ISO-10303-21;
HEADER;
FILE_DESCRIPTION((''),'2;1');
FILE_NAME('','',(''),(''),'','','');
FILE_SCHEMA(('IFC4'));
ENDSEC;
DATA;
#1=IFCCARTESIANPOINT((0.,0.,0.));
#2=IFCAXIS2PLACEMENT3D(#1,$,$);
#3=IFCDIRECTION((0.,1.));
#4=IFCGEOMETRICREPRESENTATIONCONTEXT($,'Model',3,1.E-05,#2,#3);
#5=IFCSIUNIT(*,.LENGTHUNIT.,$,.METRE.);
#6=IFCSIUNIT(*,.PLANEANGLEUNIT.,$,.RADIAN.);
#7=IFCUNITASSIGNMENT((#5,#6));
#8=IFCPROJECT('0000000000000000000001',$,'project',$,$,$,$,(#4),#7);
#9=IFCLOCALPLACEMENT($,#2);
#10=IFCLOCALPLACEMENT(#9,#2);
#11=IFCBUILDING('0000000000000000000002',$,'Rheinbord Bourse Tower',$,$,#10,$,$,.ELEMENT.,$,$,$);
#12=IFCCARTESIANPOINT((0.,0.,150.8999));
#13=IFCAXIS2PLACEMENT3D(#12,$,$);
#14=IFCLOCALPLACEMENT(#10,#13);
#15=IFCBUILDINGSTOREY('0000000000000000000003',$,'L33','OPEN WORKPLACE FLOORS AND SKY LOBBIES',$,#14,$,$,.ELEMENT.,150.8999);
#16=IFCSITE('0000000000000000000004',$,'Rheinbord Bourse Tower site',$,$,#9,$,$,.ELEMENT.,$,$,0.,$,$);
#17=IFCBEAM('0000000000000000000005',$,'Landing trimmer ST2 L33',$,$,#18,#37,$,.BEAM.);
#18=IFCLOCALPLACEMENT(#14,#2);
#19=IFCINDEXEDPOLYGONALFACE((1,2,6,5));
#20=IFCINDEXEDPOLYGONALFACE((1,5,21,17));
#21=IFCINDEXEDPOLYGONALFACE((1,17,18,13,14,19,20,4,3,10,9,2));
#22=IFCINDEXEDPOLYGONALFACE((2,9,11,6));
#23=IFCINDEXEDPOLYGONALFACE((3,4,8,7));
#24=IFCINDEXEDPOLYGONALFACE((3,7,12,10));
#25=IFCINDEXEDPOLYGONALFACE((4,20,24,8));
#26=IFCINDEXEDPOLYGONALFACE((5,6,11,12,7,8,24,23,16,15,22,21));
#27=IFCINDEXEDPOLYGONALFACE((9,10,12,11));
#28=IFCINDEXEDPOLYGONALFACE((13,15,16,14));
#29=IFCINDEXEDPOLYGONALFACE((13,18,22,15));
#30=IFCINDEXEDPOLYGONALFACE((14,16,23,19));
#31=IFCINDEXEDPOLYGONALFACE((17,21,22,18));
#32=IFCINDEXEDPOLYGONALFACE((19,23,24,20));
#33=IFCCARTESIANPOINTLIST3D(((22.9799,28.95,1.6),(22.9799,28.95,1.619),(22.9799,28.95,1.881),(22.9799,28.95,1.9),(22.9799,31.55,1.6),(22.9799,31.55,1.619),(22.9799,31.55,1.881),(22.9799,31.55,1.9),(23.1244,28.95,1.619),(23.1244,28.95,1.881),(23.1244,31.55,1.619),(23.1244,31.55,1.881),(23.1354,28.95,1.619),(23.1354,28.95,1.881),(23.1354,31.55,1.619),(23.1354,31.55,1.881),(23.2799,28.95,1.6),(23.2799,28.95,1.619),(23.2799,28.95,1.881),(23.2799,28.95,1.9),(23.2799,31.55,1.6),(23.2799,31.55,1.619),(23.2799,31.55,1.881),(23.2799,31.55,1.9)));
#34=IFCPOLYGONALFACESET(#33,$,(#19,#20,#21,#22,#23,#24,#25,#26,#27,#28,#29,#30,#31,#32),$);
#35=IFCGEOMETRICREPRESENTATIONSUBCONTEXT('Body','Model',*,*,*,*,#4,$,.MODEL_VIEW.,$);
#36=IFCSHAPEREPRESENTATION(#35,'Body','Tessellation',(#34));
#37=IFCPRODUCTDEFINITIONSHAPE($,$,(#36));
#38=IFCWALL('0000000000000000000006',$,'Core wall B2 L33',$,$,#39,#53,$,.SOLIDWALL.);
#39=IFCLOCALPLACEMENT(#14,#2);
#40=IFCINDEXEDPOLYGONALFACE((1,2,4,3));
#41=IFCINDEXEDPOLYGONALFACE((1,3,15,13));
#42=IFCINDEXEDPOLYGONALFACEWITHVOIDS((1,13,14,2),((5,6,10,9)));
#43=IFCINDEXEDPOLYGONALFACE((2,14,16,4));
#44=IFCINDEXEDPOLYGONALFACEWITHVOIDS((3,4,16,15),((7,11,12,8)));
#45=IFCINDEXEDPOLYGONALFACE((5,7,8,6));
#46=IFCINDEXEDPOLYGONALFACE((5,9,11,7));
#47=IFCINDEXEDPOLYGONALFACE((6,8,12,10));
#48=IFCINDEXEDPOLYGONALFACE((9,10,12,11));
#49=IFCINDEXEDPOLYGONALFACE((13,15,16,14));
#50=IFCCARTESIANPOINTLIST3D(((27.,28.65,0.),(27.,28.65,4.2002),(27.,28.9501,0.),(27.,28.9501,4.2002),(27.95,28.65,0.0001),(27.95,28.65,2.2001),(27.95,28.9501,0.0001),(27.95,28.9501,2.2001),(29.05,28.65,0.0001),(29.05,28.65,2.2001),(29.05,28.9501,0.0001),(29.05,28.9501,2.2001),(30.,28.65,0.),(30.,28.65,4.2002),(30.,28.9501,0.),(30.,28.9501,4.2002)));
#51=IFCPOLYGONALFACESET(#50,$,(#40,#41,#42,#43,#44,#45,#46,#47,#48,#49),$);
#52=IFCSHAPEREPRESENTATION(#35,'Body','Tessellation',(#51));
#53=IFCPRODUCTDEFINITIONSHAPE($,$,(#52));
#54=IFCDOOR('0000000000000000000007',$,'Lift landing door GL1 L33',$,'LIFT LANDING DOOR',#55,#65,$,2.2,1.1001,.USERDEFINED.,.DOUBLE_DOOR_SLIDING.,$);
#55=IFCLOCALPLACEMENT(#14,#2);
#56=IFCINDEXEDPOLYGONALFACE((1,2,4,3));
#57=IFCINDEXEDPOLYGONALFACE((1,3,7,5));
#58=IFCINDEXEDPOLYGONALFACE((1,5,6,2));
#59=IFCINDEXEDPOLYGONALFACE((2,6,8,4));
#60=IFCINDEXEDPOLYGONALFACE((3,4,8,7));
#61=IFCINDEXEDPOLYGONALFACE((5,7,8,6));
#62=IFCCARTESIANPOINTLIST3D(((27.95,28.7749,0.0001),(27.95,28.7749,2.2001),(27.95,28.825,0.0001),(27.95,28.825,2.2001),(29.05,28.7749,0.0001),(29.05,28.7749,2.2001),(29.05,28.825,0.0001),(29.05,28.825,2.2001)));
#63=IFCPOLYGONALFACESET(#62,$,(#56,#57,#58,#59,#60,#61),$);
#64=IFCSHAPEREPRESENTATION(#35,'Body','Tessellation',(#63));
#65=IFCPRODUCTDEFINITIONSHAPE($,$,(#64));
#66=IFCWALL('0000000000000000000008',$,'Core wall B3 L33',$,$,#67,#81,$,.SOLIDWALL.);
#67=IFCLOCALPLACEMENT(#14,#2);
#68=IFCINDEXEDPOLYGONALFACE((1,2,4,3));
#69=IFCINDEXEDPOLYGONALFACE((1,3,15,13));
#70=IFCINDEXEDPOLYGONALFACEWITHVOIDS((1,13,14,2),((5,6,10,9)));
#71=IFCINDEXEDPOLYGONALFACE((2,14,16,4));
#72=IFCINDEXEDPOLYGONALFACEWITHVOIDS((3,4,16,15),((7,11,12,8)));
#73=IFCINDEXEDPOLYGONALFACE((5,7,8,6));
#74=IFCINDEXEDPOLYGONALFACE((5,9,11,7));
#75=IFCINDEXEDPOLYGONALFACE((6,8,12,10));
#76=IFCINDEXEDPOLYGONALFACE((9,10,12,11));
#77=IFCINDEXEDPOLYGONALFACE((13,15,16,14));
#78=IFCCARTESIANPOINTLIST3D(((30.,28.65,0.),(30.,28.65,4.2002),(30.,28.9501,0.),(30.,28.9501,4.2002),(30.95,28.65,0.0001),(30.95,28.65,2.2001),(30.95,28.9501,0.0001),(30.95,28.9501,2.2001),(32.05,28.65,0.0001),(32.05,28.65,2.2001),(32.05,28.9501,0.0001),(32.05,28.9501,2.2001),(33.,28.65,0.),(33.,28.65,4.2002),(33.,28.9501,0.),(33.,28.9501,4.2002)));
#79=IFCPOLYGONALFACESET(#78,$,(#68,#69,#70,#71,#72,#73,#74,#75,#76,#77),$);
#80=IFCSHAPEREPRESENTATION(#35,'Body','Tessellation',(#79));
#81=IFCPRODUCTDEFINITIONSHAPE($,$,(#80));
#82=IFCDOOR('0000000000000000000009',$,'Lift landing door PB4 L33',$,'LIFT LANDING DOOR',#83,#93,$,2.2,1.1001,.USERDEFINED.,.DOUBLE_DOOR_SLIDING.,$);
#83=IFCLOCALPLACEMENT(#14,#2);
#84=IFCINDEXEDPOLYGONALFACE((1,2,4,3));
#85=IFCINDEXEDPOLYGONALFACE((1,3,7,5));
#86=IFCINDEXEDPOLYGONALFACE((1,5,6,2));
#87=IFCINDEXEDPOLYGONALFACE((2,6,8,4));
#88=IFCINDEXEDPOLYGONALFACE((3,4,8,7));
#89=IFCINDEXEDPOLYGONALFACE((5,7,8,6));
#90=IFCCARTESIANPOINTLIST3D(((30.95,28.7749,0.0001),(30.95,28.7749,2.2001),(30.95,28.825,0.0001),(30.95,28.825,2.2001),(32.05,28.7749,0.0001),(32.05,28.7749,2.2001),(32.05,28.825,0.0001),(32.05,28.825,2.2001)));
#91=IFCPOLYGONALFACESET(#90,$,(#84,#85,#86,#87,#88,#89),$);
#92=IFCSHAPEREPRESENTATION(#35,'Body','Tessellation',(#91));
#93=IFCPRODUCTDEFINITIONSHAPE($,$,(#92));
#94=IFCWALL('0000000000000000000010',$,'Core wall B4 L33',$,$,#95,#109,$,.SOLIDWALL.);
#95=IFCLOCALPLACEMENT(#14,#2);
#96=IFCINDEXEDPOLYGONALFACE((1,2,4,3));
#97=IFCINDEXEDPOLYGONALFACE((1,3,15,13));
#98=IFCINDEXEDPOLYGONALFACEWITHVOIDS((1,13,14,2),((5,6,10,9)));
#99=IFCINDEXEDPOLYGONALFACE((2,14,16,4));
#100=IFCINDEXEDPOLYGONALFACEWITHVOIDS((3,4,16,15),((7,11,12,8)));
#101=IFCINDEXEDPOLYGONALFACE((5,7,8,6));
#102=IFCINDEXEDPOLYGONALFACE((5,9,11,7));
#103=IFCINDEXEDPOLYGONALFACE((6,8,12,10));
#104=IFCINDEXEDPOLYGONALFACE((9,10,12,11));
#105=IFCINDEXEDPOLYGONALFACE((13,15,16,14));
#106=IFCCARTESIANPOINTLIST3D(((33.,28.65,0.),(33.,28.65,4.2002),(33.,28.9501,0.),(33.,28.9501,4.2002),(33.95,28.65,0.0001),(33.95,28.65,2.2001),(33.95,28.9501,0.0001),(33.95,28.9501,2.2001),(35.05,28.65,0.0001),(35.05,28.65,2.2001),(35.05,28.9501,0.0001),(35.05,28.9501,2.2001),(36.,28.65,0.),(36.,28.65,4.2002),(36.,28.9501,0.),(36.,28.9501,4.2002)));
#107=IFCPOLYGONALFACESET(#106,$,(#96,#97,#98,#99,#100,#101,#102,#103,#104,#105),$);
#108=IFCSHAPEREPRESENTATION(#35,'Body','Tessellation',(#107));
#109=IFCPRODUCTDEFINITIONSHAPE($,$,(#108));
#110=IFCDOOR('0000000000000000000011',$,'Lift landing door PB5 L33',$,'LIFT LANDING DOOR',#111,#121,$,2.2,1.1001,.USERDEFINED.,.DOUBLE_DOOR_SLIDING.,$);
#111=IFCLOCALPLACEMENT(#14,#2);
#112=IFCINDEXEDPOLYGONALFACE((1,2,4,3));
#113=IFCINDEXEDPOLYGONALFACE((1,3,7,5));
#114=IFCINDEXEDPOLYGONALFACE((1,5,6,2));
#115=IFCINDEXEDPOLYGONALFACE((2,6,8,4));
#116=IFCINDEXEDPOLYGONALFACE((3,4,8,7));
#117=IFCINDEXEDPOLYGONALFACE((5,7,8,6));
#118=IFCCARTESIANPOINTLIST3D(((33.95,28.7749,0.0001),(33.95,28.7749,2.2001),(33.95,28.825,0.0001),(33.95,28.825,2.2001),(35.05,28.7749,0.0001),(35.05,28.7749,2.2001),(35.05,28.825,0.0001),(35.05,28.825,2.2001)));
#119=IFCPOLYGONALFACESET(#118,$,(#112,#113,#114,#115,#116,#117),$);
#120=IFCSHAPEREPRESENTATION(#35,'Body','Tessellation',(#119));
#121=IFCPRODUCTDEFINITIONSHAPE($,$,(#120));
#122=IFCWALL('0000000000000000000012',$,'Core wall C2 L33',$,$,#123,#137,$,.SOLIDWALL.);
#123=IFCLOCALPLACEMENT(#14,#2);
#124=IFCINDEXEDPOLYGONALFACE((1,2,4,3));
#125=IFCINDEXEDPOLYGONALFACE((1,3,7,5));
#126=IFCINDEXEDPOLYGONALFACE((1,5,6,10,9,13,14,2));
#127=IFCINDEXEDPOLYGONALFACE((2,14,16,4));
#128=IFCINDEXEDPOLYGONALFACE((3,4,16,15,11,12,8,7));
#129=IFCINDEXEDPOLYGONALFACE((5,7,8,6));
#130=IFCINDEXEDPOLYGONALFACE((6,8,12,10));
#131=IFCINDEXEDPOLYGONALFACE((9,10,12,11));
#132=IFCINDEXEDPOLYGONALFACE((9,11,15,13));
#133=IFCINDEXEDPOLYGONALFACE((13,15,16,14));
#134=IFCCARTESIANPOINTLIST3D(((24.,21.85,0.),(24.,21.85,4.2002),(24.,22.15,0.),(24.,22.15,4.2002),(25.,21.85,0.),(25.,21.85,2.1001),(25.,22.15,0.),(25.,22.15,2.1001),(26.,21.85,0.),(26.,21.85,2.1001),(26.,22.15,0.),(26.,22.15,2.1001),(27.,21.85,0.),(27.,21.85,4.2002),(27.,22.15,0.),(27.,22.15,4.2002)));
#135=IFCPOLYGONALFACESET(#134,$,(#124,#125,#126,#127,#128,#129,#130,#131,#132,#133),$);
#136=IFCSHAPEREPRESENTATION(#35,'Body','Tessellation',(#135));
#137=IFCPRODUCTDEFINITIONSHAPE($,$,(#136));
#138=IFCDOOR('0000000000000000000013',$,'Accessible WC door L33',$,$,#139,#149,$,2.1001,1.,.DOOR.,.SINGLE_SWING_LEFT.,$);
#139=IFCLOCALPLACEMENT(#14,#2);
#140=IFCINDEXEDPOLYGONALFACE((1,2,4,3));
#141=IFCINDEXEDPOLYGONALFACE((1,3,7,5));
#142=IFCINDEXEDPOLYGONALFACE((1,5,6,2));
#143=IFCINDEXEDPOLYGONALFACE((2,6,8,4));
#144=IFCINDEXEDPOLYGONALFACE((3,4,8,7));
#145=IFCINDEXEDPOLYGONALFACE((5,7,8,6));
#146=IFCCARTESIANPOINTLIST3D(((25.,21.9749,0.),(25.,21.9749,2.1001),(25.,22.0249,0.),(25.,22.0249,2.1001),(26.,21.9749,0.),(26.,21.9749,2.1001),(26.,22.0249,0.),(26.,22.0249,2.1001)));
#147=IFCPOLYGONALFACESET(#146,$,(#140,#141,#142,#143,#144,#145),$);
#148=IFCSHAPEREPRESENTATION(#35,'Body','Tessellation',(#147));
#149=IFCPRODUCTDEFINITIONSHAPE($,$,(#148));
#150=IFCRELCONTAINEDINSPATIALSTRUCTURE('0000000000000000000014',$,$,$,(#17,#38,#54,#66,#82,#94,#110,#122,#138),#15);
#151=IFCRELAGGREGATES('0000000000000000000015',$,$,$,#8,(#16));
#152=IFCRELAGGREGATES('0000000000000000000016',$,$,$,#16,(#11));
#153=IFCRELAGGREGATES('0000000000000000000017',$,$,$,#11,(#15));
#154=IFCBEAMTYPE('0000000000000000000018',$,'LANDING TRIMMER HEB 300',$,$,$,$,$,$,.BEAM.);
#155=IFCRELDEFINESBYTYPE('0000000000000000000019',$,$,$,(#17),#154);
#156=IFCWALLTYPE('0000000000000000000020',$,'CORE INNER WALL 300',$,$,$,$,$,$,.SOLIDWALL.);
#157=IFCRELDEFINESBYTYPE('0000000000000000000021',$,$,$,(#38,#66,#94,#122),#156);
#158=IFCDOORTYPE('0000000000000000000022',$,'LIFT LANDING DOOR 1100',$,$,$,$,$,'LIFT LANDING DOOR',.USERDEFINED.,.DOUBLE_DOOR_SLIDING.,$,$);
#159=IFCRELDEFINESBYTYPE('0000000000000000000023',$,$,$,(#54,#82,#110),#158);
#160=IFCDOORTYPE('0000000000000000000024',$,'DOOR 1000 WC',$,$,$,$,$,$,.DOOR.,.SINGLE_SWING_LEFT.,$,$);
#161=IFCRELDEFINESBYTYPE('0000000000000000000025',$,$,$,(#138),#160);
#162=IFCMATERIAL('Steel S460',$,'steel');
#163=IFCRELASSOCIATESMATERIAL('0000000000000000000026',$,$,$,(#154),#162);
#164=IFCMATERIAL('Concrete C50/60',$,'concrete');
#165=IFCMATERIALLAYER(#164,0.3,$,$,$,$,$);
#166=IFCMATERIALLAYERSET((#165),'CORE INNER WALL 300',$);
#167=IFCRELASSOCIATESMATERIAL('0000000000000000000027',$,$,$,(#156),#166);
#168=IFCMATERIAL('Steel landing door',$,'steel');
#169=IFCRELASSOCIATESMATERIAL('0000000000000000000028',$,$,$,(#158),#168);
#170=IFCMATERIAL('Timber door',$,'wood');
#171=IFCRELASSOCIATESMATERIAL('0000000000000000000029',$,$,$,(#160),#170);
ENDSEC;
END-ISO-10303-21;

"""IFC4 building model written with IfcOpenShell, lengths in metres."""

from ifc_helpers import new_model, si_unit, direction, frame, frame_2d, origin, origin_2d, place, context, subcontext, project, spatial, rectangle, i_section, extrude, material, layer, layer_set, material_profile, profile_set, type_object, element, fill, save


model = new_model("IFC4")

# Units and contexts
model_context = context("Model", 3, precision=1e-05, world=origin(), true_north=direction((0.0, 1.0)))
body_context = subcontext(model_context, "Body", "Model", "MODEL_VIEW")
ifc_project = project(units=[si_unit("LENGTHUNIT", "METRE"), si_unit("PLANEANGLEUNIT", "RADIAN")], contexts=[model_context])

# Site, building, storey
site_placement = place(None, origin())
site = spatial("IfcSite", under=ifc_project, at=site_placement, Name="Rheinbord Bourse Tower site", CompositionType="ELEMENT", RefElevation=0.0)
building_placement = place(site_placement, origin())
building = spatial("IfcBuilding", under=site, at=building_placement, Name="Rheinbord Bourse Tower", CompositionType="ELEMENT")
storey_placement = place(building_placement, frame((0.0, 0.0, 150.8999)))
storey = spatial("IfcBuildingStorey", under=building, at=storey_placement, Name="L33", Description="OPEN WORKPLACE FLOORS AND SKY LOBBIES", CompositionType="ELEMENT", Elevation=150.8999)

# Beam
ifc_material_1 = material(Name="Steel S460", Category="steel")
ifc_material_profile = material_profile(ifc_material_1, i_section(OverallWidth=0.3, OverallDepth=0.3, WebThickness=0.011, FlangeThickness=0.019, at=origin_2d()), Name="HEB 300")
ifc_profile_set = profile_set([ifc_material_profile], Name="Steel S460")
beam_type = type_object("IfcBeamType", Name="LANDING TRIMMER HEB 300", PredefinedType="BEAM", material=ifc_profile_set)
beam_placement = place(storey_placement, frame((23.1299, 28.95, 1.75), z_axis=(0.0, 1.0, 0.0), x_axis=(-1.0, 0.0, 0.0)))
element("IfcBeam", 1, at=beam_placement, inside=storey, type_object=beam_type, Name="Landing trimmer ST2 L33", PredefinedType="BEAM", context=body_context, shape_type="SweptSolid", body=[
    extrude(i_section(OverallWidth=0.3, OverallDepth=0.3, WebThickness=0.011, FlangeThickness=0.019, at=origin_2d()), origin(), (0.0, 0.0, 1.0), 2.6001),
])

# Walls, openings, doors
ifc_material_2 = material(Name="Concrete C50/60", Category="concrete")
ifc_layer_1 = layer(ifc_material_2, 0.3)
ifc_layer_set_1 = layer_set([ifc_layer_1], Name="CORE INNER WALL 300")
wall_type_1 = type_object("IfcWallType", Name="CORE INNER WALL 300", PredefinedType="SOLIDWALL", material=ifc_layer_set_1)
wall_1_placement = place(storey_placement, frame((27.0, 28.8, 0.0), z_axis=(0.0, 0.0, 1.0), x_axis=(1.0, 0.0, 0.0)))
wall_1 = element("IfcWall", 2, at=wall_1_placement, inside=storey, type_object=wall_type_1, Name="Core wall B2 L33", PredefinedType="SOLIDWALL", context=body_context, shape_type="SweptSolid", body=[
    extrude(rectangle(XDim=3.0, YDim=0.3, at=frame_2d((1.5, 0.0))), origin(), (0.0, 0.0, 1.0), 4.2002),
])
opening_1_placement = place(wall_1_placement, frame((0.95, 0.0, 0.0)))
opening_1 = element("IfcOpeningElement", 3, at=opening_1_placement, cuts=wall_1, PredefinedType="OPENING", context=body_context, shape_type="SweptSolid", body=[
    extrude(rectangle(XDim=1.1001, YDim=2.2, at=frame_2d((0.55, 1.1001))), frame((0.0, 0.1599, 0.0), z_axis=(0.0, -1.0, 0.0), x_axis=(1.0, 0.0, 0.0)), (0.0, 0.0, 1.0), 0.3201),
])
ifc_material_3 = material(Name="Steel landing door", Category="steel")
door_type_1 = type_object("IfcDoorType", Name="LIFT LANDING DOOR 1100", ElementType="LIFT LANDING DOOR", OperationType="DOUBLE_DOOR_SLIDING", PredefinedType="USERDEFINED", material=ifc_material_3)
door_1_placement = place(opening_1_placement, origin())
door_1 = element("IfcDoor", 4, at=door_1_placement, inside=storey, type_object=door_type_1, Name="Lift landing door GL1 L33", ObjectType="LIFT LANDING DOOR", OperationType="DOUBLE_DOOR_SLIDING", OverallHeight=2.2, OverallWidth=1.1001, PredefinedType="USERDEFINED", context=body_context, shape_type="SweptSolid", body=[
    extrude(rectangle(XDim=1.1001, YDim=2.2, at=frame_2d((0.55, 1.1001))), frame((0.0, 0.0249, 0.0), z_axis=(0.0, -1.0, 0.0), x_axis=(1.0, 0.0, 0.0)), (0.0, 0.0, 1.0), 0.05),
])
fill(opening_1, door_1)
wall_2_placement = place(storey_placement, frame((30.0, 28.8, 0.0), z_axis=(0.0, 0.0, 1.0), x_axis=(1.0, 0.0, 0.0)))
wall_2 = element("IfcWall", 5, at=wall_2_placement, inside=storey, type_object=wall_type_1, Name="Core wall B3 L33", PredefinedType="SOLIDWALL", context=body_context, shape_type="SweptSolid", body=[
    extrude(rectangle(XDim=3.0, YDim=0.3, at=frame_2d((1.5, 0.0))), origin(), (0.0, 0.0, 1.0), 4.2002),
])
opening_2_placement = place(wall_2_placement, frame((0.95, 0.0, 0.0)))
opening_2 = element("IfcOpeningElement", 6, at=opening_2_placement, cuts=wall_2, PredefinedType="OPENING", context=body_context, shape_type="SweptSolid", body=[
    extrude(rectangle(XDim=1.1001, YDim=2.2, at=frame_2d((0.55, 1.1001))), frame((0.0, 0.1599, 0.0), z_axis=(0.0, -1.0, 0.0), x_axis=(1.0, 0.0, 0.0)), (0.0, 0.0, 1.0), 0.3201),
])
door_2_placement = place(opening_2_placement, origin())
door_2 = element("IfcDoor", 7, at=door_2_placement, inside=storey, type_object=door_type_1, Name="Lift landing door PB4 L33", ObjectType="LIFT LANDING DOOR", OperationType="DOUBLE_DOOR_SLIDING", OverallHeight=2.2, OverallWidth=1.1001, PredefinedType="USERDEFINED", context=body_context, shape_type="SweptSolid", body=[
    extrude(rectangle(XDim=1.1001, YDim=2.2, at=frame_2d((0.55, 1.1001))), frame((0.0, 0.0249, 0.0), z_axis=(0.0, -1.0, 0.0), x_axis=(1.0, 0.0, 0.0)), (0.0, 0.0, 1.0), 0.05),
])
fill(opening_2, door_2)
wall_3_placement = place(storey_placement, frame((33.0, 28.8, 0.0), z_axis=(0.0, 0.0, 1.0), x_axis=(1.0, 0.0, 0.0)))
wall_3 = element("IfcWall", 8, at=wall_3_placement, inside=storey, type_object=wall_type_1, Name="Core wall B4 L33", PredefinedType="SOLIDWALL", context=body_context, shape_type="SweptSolid", body=[
    extrude(rectangle(XDim=3.0, YDim=0.3, at=frame_2d((1.5, 0.0))), origin(), (0.0, 0.0, 1.0), 4.2002),
])
opening_3_placement = place(wall_3_placement, frame((0.95, 0.0, 0.0)))
opening_3 = element("IfcOpeningElement", 9, at=opening_3_placement, cuts=wall_3, PredefinedType="OPENING", context=body_context, shape_type="SweptSolid", body=[
    extrude(rectangle(XDim=1.1001, YDim=2.2, at=frame_2d((0.55, 1.1001))), frame((0.0, 0.1599, 0.0), z_axis=(0.0, -1.0, 0.0), x_axis=(1.0, 0.0, 0.0)), (0.0, 0.0, 1.0), 0.3201),
])
door_3_placement = place(opening_3_placement, origin())
door_3 = element("IfcDoor", 10, at=door_3_placement, inside=storey, type_object=door_type_1, Name="Lift landing door PB5 L33", ObjectType="LIFT LANDING DOOR", OperationType="DOUBLE_DOOR_SLIDING", OverallHeight=2.2, OverallWidth=1.1001, PredefinedType="USERDEFINED", context=body_context, shape_type="SweptSolid", body=[
    extrude(rectangle(XDim=1.1001, YDim=2.2, at=frame_2d((0.55, 1.1001))), frame((0.0, 0.0249, 0.0), z_axis=(0.0, -1.0, 0.0), x_axis=(1.0, 0.0, 0.0)), (0.0, 0.0, 1.0), 0.05),
])
fill(opening_3, door_3)
wall_4_placement = place(storey_placement, frame((24.0, 22.0, 0.0), z_axis=(0.0, 0.0, 1.0), x_axis=(1.0, 0.0, 0.0)))
wall_4 = element("IfcWall", 11, at=wall_4_placement, inside=storey, type_object=wall_type_1, Name="Core wall C2 L33", PredefinedType="SOLIDWALL", context=body_context, shape_type="SweptSolid", body=[
    extrude(rectangle(XDim=3.0, YDim=0.3, at=frame_2d((1.5, 0.0))), origin(), (0.0, 0.0, 1.0), 4.2002),
])
opening_4_placement = place(wall_4_placement, frame((1.0, 0.0, 0.0)))
opening_4 = element("IfcOpeningElement", 12, at=opening_4_placement, cuts=wall_4, PredefinedType="OPENING", context=body_context, shape_type="SweptSolid", body=[
    extrude(rectangle(XDim=1.0, YDim=2.1001, at=frame_2d((0.5, 1.05))), frame((0.0, 0.1599, 0.0), z_axis=(0.0, -1.0, 0.0), x_axis=(1.0, 0.0, 0.0)), (0.0, 0.0, 1.0), 0.3201),
])
ifc_material_4 = material(Name="Timber door", Category="wood")
door_type_2 = type_object("IfcDoorType", Name="DOOR 1000 WC", OperationType="SINGLE_SWING_LEFT", PredefinedType="DOOR", material=ifc_material_4)
door_4_placement = place(opening_4_placement, origin())
door_4 = element("IfcDoor", 13, at=door_4_placement, inside=storey, type_object=door_type_2, Name="Accessible WC door L33", OperationType="SINGLE_SWING_LEFT", OverallHeight=2.1001, OverallWidth=1.0, PredefinedType="DOOR", context=body_context, shape_type="SweptSolid", body=[
    extrude(rectangle(XDim=1.0, YDim=2.1001, at=frame_2d((0.5, 1.05))), frame((0.0, 0.0249, 0.0), z_axis=(0.0, -1.0, 0.0), x_axis=(1.0, 0.0, 0.0)), (0.0, 0.0, 1.0), 0.05),
])
fill(opening_4, door_4)

save(model, "model.ifc")
